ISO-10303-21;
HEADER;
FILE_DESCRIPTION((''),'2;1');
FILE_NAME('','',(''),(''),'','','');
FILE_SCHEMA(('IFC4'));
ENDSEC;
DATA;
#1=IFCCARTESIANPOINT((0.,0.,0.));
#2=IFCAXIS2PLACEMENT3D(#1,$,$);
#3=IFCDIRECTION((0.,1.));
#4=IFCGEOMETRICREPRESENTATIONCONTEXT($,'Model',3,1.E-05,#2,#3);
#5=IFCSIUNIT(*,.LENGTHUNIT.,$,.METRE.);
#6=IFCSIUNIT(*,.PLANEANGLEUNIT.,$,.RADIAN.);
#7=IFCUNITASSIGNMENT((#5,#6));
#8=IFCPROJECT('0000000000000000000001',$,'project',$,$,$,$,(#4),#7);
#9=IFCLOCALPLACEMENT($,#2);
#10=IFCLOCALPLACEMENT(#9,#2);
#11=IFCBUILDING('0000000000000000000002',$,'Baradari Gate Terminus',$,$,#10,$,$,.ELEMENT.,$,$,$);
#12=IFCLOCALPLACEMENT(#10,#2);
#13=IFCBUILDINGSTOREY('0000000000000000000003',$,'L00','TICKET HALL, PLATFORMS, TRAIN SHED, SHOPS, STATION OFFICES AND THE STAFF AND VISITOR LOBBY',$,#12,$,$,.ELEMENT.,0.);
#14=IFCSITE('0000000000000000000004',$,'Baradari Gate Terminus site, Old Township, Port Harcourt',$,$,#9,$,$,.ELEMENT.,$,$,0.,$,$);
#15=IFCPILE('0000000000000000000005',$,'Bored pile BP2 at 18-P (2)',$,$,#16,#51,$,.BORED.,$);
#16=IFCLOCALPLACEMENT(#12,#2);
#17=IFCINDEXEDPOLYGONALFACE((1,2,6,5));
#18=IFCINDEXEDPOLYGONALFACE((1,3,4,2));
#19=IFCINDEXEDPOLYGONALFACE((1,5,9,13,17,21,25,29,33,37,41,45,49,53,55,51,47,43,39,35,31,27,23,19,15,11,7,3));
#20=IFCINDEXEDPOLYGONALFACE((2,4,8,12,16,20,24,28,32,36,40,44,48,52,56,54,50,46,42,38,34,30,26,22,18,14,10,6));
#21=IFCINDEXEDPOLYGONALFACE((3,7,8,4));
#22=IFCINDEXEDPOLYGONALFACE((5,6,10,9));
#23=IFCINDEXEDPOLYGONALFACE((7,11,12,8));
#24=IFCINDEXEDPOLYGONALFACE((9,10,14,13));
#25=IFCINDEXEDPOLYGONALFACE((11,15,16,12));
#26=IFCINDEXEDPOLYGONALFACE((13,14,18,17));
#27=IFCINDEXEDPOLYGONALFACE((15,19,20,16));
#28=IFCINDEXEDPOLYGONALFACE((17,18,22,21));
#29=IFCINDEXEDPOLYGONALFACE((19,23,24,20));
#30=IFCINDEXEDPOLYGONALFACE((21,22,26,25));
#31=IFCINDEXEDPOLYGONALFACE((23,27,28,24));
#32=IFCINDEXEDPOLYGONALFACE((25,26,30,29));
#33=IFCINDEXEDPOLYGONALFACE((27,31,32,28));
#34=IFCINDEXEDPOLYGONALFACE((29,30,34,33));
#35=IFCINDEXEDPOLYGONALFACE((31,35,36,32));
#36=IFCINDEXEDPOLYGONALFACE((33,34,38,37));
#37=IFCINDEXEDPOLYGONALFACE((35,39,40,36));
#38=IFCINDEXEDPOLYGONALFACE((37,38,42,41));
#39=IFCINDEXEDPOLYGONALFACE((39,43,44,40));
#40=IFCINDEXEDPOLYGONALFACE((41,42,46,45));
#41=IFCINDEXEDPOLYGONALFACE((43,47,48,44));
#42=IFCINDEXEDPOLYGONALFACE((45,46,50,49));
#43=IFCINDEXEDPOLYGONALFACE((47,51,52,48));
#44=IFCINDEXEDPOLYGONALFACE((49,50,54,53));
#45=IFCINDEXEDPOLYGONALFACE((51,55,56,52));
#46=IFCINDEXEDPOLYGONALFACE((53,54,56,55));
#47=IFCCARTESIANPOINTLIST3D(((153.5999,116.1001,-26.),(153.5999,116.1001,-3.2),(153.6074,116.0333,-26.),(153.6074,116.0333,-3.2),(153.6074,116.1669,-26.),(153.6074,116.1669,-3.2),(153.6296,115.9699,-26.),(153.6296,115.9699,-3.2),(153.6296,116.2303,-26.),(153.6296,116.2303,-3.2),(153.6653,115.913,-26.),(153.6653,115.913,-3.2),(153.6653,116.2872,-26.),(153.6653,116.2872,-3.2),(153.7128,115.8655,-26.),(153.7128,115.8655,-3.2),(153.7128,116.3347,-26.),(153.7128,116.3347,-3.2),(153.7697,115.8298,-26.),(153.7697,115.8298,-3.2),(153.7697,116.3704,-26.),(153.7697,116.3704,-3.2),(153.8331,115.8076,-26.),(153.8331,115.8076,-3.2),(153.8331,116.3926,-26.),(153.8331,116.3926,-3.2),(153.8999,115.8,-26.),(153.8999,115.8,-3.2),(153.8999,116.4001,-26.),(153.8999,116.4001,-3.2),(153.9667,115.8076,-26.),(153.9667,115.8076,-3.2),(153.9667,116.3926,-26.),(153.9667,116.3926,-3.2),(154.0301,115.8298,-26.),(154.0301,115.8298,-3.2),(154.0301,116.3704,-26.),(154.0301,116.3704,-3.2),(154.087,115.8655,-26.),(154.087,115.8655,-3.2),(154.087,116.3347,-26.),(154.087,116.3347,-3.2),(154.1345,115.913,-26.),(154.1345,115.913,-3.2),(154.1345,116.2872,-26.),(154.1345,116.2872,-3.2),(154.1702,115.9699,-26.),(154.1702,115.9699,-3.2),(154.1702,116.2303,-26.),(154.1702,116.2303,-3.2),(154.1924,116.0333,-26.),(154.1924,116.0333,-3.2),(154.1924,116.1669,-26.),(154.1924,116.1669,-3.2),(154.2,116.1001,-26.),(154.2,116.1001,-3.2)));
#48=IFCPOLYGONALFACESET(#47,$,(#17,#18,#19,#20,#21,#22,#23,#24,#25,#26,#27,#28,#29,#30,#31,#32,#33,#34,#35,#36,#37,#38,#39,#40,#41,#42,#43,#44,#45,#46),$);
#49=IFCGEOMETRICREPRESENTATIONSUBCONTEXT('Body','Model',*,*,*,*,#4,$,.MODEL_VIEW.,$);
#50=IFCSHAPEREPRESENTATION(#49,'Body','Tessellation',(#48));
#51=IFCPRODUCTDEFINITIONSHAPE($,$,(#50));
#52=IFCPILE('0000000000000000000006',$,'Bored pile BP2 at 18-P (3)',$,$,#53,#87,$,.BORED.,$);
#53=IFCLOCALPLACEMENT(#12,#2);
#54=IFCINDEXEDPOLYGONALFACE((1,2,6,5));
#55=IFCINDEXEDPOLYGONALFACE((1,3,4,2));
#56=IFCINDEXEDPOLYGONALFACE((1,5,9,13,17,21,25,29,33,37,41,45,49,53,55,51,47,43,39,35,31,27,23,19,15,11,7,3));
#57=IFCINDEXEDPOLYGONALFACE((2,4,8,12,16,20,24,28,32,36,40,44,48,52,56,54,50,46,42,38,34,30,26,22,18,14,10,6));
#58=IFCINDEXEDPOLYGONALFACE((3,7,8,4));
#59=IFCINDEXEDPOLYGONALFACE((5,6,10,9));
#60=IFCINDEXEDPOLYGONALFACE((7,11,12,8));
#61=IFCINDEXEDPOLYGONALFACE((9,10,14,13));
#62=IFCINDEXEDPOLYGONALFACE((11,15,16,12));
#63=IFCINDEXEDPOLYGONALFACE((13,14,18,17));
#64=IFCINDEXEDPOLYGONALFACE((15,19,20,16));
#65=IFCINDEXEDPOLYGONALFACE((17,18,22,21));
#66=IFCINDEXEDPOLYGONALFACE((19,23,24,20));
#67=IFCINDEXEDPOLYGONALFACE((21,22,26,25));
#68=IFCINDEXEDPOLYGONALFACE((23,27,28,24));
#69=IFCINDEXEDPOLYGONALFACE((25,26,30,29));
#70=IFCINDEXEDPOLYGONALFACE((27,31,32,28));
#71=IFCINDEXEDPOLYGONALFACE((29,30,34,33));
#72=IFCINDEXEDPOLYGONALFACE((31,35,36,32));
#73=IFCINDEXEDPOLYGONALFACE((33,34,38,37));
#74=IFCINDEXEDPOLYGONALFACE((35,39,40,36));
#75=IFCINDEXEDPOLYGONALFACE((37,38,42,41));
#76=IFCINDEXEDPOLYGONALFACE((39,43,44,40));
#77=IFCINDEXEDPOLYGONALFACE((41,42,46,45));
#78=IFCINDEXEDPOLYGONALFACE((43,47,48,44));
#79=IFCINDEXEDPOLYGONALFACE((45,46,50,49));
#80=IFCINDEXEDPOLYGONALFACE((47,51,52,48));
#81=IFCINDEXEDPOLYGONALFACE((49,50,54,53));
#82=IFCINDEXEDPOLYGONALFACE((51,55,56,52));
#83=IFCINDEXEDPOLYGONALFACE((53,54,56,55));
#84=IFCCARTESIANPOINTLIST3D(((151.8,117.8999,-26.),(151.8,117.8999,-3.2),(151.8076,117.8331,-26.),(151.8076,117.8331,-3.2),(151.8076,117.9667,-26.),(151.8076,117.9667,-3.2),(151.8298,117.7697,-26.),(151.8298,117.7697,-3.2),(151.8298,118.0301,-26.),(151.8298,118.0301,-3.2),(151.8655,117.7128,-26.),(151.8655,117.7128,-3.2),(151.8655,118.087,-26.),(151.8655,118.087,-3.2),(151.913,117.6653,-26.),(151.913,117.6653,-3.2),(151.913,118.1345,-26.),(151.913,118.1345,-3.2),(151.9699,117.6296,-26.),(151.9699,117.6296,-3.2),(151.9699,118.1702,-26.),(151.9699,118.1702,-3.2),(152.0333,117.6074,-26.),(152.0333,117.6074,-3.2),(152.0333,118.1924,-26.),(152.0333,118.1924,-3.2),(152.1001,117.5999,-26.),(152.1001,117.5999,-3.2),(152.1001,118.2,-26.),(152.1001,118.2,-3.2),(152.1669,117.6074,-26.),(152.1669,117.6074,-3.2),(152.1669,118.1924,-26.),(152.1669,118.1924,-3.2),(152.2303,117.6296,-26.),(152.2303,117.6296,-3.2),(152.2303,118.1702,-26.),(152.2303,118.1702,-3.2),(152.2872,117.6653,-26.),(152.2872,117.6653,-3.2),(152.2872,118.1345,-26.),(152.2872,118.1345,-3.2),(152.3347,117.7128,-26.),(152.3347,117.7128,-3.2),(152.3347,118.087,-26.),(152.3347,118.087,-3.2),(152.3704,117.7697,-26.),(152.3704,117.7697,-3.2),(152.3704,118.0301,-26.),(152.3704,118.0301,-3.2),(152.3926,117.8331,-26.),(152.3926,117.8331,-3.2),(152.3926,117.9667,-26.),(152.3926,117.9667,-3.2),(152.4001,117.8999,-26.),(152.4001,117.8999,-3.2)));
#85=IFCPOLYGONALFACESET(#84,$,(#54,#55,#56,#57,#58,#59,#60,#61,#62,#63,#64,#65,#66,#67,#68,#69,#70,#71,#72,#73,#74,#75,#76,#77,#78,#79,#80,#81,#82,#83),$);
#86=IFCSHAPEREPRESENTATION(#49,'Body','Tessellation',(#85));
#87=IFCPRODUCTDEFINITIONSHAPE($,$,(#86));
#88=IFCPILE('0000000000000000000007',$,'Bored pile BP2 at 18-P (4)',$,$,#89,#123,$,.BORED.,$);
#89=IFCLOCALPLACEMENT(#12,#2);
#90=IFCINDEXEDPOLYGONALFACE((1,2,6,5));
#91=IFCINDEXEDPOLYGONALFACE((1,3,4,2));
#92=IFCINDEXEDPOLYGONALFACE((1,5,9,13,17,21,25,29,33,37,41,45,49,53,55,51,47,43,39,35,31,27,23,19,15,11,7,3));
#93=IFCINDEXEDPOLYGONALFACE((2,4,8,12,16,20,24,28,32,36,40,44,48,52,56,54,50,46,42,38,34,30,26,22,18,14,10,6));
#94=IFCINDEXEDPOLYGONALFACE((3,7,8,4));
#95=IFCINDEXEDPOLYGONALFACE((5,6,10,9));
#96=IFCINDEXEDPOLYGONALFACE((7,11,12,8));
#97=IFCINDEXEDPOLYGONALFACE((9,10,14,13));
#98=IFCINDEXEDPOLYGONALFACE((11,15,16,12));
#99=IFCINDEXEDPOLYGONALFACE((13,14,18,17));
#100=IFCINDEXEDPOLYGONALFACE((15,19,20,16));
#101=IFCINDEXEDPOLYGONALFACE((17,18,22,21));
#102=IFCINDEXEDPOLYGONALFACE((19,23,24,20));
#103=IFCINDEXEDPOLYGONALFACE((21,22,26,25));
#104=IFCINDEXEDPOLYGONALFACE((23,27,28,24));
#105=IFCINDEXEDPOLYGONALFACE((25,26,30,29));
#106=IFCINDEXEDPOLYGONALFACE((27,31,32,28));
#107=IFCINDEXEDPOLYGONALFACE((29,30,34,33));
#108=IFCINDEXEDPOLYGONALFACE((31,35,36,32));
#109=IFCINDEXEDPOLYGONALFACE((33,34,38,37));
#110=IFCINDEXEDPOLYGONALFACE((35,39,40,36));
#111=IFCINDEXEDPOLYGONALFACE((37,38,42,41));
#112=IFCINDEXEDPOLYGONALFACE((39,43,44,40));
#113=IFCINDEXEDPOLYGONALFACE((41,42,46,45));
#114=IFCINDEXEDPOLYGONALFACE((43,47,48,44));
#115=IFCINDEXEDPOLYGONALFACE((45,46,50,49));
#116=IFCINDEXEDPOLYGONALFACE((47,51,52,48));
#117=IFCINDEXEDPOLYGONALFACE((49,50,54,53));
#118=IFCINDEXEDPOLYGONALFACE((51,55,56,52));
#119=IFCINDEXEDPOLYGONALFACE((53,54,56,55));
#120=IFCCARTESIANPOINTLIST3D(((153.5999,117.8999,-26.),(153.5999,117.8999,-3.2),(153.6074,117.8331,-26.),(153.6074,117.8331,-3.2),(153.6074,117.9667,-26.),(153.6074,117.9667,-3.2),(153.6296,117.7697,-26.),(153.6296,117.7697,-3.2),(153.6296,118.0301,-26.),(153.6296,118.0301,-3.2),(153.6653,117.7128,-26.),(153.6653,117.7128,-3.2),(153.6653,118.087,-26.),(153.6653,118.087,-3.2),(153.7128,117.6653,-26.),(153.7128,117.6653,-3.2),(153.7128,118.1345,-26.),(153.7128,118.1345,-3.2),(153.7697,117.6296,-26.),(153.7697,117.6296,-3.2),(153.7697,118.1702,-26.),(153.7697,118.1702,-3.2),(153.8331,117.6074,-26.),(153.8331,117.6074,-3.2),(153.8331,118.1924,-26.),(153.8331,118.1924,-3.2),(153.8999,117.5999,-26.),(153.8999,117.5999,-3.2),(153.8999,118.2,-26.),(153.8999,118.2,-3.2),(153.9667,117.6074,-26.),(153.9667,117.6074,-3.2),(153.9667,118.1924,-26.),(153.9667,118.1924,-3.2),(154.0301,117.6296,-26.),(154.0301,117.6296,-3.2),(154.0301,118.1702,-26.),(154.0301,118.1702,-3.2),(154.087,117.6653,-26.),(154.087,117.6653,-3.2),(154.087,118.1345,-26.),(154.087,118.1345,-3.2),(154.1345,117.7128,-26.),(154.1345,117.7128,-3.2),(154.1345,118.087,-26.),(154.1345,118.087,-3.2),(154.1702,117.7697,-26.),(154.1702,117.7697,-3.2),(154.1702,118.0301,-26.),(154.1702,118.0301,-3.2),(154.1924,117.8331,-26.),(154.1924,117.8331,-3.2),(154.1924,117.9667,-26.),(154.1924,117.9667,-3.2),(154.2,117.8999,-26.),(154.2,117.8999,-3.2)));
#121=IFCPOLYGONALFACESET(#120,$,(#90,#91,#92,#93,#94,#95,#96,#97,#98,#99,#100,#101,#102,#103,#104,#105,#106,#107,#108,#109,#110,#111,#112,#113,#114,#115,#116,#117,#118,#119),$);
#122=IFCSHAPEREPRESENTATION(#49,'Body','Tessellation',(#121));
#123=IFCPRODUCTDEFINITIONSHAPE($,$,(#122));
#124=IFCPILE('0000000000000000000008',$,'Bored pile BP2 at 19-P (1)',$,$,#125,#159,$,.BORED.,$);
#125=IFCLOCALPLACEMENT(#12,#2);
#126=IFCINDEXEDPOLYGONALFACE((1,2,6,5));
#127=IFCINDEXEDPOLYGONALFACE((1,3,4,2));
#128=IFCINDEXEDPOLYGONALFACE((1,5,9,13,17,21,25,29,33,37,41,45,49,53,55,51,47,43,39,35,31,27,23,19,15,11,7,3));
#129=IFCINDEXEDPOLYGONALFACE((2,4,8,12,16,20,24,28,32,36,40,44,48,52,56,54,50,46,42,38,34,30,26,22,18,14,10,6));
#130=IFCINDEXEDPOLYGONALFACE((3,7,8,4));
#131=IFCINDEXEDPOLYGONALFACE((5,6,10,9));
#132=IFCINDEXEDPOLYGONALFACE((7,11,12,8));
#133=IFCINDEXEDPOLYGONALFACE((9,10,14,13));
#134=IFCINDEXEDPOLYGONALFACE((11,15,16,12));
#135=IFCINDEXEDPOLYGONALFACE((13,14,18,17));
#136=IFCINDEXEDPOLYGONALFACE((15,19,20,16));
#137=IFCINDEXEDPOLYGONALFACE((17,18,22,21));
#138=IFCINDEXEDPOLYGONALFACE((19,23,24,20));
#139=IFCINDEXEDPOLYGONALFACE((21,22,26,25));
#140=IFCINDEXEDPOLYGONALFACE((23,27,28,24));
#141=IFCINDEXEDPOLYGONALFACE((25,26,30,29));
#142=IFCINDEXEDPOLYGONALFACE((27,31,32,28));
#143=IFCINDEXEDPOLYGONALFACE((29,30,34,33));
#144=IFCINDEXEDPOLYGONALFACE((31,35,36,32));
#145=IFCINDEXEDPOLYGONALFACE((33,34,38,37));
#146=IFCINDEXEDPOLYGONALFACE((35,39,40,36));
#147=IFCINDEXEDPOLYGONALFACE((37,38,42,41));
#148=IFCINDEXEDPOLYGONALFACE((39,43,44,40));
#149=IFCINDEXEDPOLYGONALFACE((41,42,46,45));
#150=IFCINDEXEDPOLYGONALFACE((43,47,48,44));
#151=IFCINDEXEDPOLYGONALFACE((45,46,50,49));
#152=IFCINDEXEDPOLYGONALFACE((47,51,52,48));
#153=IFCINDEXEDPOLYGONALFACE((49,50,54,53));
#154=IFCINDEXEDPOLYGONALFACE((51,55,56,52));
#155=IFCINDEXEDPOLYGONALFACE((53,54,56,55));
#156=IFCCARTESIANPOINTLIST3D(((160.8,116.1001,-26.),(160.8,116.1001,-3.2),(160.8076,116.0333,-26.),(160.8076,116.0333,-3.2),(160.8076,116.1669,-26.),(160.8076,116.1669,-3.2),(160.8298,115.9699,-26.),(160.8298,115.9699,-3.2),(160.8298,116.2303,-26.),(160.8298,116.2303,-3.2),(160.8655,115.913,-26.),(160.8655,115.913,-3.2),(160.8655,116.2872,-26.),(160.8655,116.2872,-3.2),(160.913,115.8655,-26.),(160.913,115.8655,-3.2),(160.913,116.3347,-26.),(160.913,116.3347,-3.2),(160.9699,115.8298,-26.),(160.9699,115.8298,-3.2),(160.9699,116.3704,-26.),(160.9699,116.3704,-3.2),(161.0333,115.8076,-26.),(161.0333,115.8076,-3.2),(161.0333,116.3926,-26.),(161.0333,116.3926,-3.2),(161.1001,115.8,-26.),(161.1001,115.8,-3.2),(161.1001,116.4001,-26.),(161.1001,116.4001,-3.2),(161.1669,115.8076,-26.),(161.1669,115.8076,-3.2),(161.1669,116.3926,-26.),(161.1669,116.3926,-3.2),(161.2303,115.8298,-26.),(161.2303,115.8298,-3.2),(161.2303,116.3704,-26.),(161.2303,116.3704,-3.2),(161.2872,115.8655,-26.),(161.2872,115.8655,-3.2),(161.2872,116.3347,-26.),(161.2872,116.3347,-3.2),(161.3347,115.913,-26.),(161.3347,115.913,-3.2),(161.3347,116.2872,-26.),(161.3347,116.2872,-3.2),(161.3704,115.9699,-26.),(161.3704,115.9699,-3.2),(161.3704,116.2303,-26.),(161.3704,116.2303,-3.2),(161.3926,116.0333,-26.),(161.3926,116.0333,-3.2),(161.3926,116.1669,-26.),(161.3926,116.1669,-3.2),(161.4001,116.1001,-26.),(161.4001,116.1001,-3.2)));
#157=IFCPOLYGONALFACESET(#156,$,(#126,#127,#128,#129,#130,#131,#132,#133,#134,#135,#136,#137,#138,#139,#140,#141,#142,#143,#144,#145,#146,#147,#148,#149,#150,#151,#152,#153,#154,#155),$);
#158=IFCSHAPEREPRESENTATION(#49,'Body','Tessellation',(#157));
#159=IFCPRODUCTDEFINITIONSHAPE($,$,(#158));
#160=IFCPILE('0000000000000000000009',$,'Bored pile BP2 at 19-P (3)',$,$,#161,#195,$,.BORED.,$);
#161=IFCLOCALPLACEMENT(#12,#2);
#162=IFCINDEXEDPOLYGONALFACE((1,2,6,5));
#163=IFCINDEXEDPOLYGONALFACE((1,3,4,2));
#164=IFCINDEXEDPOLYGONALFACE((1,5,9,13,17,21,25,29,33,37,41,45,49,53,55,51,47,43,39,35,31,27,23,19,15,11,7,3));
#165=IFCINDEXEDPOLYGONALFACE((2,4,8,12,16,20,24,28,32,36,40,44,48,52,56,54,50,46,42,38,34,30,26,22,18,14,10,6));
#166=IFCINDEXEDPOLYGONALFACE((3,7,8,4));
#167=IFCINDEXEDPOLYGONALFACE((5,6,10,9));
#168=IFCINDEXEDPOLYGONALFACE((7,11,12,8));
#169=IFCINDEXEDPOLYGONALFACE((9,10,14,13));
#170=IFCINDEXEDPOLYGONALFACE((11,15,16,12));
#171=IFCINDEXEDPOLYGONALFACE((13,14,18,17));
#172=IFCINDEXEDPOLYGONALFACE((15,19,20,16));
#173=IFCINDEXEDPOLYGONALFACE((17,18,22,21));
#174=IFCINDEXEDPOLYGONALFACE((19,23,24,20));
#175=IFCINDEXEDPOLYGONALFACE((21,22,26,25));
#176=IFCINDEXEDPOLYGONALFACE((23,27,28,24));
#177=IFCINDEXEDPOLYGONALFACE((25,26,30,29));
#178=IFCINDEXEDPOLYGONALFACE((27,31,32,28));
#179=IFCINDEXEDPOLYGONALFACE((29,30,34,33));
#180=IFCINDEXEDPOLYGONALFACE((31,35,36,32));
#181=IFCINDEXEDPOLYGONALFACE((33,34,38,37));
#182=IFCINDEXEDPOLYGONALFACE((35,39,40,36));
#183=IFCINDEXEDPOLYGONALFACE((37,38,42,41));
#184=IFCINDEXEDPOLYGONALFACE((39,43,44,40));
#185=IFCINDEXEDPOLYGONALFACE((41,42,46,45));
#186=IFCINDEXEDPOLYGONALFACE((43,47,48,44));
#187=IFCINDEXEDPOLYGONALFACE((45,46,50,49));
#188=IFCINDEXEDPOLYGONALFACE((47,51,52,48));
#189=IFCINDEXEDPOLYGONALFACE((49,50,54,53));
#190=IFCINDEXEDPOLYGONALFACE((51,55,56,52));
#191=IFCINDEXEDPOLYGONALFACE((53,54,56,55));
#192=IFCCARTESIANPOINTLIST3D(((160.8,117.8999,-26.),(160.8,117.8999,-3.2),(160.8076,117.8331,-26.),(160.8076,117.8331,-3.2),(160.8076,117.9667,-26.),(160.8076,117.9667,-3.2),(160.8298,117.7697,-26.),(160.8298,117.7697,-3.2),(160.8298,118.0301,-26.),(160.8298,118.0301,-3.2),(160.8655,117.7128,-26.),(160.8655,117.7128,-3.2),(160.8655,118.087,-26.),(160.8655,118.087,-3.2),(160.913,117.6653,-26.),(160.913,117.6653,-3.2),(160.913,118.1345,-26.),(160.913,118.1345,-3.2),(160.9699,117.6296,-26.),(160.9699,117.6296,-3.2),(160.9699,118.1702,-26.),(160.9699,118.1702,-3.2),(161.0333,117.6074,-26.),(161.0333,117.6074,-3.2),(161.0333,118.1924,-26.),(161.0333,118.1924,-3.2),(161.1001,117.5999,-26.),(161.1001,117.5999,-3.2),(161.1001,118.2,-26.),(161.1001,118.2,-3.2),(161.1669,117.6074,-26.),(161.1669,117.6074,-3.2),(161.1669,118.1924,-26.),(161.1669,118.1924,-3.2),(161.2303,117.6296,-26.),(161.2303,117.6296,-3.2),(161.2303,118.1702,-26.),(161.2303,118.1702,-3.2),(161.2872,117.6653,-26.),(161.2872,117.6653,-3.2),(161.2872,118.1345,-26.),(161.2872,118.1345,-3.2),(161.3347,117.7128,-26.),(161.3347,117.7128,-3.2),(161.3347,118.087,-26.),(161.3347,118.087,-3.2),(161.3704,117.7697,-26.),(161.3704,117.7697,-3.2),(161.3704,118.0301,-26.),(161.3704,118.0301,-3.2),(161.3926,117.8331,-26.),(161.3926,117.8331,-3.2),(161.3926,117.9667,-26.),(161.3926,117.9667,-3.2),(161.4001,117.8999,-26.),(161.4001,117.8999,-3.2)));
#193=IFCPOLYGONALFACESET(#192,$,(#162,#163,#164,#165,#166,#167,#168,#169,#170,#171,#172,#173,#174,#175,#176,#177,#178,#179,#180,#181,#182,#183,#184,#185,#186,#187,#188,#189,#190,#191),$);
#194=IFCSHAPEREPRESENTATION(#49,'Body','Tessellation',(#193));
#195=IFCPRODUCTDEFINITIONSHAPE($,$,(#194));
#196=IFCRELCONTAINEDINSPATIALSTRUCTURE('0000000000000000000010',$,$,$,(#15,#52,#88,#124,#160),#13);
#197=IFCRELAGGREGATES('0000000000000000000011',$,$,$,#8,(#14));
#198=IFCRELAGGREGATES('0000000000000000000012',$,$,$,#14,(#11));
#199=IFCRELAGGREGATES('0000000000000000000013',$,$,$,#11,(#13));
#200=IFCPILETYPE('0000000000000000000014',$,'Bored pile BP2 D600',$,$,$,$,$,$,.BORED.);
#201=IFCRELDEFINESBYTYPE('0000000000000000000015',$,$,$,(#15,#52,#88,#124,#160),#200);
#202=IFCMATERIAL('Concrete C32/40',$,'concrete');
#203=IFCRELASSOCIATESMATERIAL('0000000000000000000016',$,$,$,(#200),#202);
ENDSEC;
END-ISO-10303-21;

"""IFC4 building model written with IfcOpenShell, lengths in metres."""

from ifc_helpers import new_model, si_unit, direction, frame, origin, origin_2d, place, context, subcontext, project, spatial, circle, extrude, material, type_object, element, save


model = new_model("IFC4")

# Units and contexts
model_context = context("Model", 3, precision=1e-05, world=origin(), true_north=direction((0.0, 1.0)))
body_context = subcontext(model_context, "Body", "Model", "MODEL_VIEW")
ifc_project = project(units=[si_unit("LENGTHUNIT", "METRE"), si_unit("PLANEANGLEUNIT", "RADIAN")], contexts=[model_context])

# Site, building, storey
site_placement = place(None, origin())
site = spatial("IfcSite", under=ifc_project, at=site_placement, Name="Baradari Gate Terminus site, Old Township, Port Harcourt", CompositionType="ELEMENT", RefElevation=0.0)
building_placement = place(site_placement, origin())
building = spatial("IfcBuilding", under=site, at=building_placement, Name="Baradari Gate Terminus", CompositionType="ELEMENT")
storey_placement = place(building_placement, origin())
storey = spatial("IfcBuildingStorey", under=building, at=storey_placement, Name="L00", Description="TICKET HALL, PLATFORMS, TRAIN SHED, SHOPS, STATION OFFICES AND THE STAFF AND VISITOR LOBBY", CompositionType="ELEMENT", Elevation=0.0)

# Piles
ifc_material_1 = material(Name="Concrete C32/40", Category="concrete")
pile_type = type_object("IfcPileType", Name="Bored pile BP2 D600", PredefinedType="BORED", material=ifc_material_1)
for number, where, z_axis, x_axis, name in (
    (1, (153.8999, 116.1001, -3.2), (0.0, 0.0, -1.0), (1.0, 0.0, 0.0), "Bored pile BP2 at 18-P (2)"),
    (2, (152.1001, 117.8999, -3.2), (0.0, 0.0, -1.0), (1.0, 0.0, 0.0), "Bored pile BP2 at 18-P (3)"),
    (3, (153.8999, 117.8999, -3.2), (0.0, 0.0, -1.0), (1.0, 0.0, 0.0), "Bored pile BP2 at 18-P (4)"),
    (4, (161.1001, 116.1001, -3.2), (0.0, 0.0, -1.0), (1.0, 0.0, 0.0), "Bored pile BP2 at 19-P (1)"),
    (5, (161.1001, 117.8999, -3.2), (0.0, 0.0, -1.0), (1.0, 0.0, 0.0), "Bored pile BP2 at 19-P (3)"),
):
    element("IfcPile", number, at=place(storey_placement, frame(where, z_axis=z_axis, x_axis=x_axis)), inside=storey, type_object=pile_type, Name=name, PredefinedType="BORED", context=body_context, shape_type="SweptSolid", body=[
        extrude(circle(Radius=0.3, at=origin_2d()), origin(), (0.0, 0.0, 1.0), 22.8),
    ])

save(model, "model.ifc")
